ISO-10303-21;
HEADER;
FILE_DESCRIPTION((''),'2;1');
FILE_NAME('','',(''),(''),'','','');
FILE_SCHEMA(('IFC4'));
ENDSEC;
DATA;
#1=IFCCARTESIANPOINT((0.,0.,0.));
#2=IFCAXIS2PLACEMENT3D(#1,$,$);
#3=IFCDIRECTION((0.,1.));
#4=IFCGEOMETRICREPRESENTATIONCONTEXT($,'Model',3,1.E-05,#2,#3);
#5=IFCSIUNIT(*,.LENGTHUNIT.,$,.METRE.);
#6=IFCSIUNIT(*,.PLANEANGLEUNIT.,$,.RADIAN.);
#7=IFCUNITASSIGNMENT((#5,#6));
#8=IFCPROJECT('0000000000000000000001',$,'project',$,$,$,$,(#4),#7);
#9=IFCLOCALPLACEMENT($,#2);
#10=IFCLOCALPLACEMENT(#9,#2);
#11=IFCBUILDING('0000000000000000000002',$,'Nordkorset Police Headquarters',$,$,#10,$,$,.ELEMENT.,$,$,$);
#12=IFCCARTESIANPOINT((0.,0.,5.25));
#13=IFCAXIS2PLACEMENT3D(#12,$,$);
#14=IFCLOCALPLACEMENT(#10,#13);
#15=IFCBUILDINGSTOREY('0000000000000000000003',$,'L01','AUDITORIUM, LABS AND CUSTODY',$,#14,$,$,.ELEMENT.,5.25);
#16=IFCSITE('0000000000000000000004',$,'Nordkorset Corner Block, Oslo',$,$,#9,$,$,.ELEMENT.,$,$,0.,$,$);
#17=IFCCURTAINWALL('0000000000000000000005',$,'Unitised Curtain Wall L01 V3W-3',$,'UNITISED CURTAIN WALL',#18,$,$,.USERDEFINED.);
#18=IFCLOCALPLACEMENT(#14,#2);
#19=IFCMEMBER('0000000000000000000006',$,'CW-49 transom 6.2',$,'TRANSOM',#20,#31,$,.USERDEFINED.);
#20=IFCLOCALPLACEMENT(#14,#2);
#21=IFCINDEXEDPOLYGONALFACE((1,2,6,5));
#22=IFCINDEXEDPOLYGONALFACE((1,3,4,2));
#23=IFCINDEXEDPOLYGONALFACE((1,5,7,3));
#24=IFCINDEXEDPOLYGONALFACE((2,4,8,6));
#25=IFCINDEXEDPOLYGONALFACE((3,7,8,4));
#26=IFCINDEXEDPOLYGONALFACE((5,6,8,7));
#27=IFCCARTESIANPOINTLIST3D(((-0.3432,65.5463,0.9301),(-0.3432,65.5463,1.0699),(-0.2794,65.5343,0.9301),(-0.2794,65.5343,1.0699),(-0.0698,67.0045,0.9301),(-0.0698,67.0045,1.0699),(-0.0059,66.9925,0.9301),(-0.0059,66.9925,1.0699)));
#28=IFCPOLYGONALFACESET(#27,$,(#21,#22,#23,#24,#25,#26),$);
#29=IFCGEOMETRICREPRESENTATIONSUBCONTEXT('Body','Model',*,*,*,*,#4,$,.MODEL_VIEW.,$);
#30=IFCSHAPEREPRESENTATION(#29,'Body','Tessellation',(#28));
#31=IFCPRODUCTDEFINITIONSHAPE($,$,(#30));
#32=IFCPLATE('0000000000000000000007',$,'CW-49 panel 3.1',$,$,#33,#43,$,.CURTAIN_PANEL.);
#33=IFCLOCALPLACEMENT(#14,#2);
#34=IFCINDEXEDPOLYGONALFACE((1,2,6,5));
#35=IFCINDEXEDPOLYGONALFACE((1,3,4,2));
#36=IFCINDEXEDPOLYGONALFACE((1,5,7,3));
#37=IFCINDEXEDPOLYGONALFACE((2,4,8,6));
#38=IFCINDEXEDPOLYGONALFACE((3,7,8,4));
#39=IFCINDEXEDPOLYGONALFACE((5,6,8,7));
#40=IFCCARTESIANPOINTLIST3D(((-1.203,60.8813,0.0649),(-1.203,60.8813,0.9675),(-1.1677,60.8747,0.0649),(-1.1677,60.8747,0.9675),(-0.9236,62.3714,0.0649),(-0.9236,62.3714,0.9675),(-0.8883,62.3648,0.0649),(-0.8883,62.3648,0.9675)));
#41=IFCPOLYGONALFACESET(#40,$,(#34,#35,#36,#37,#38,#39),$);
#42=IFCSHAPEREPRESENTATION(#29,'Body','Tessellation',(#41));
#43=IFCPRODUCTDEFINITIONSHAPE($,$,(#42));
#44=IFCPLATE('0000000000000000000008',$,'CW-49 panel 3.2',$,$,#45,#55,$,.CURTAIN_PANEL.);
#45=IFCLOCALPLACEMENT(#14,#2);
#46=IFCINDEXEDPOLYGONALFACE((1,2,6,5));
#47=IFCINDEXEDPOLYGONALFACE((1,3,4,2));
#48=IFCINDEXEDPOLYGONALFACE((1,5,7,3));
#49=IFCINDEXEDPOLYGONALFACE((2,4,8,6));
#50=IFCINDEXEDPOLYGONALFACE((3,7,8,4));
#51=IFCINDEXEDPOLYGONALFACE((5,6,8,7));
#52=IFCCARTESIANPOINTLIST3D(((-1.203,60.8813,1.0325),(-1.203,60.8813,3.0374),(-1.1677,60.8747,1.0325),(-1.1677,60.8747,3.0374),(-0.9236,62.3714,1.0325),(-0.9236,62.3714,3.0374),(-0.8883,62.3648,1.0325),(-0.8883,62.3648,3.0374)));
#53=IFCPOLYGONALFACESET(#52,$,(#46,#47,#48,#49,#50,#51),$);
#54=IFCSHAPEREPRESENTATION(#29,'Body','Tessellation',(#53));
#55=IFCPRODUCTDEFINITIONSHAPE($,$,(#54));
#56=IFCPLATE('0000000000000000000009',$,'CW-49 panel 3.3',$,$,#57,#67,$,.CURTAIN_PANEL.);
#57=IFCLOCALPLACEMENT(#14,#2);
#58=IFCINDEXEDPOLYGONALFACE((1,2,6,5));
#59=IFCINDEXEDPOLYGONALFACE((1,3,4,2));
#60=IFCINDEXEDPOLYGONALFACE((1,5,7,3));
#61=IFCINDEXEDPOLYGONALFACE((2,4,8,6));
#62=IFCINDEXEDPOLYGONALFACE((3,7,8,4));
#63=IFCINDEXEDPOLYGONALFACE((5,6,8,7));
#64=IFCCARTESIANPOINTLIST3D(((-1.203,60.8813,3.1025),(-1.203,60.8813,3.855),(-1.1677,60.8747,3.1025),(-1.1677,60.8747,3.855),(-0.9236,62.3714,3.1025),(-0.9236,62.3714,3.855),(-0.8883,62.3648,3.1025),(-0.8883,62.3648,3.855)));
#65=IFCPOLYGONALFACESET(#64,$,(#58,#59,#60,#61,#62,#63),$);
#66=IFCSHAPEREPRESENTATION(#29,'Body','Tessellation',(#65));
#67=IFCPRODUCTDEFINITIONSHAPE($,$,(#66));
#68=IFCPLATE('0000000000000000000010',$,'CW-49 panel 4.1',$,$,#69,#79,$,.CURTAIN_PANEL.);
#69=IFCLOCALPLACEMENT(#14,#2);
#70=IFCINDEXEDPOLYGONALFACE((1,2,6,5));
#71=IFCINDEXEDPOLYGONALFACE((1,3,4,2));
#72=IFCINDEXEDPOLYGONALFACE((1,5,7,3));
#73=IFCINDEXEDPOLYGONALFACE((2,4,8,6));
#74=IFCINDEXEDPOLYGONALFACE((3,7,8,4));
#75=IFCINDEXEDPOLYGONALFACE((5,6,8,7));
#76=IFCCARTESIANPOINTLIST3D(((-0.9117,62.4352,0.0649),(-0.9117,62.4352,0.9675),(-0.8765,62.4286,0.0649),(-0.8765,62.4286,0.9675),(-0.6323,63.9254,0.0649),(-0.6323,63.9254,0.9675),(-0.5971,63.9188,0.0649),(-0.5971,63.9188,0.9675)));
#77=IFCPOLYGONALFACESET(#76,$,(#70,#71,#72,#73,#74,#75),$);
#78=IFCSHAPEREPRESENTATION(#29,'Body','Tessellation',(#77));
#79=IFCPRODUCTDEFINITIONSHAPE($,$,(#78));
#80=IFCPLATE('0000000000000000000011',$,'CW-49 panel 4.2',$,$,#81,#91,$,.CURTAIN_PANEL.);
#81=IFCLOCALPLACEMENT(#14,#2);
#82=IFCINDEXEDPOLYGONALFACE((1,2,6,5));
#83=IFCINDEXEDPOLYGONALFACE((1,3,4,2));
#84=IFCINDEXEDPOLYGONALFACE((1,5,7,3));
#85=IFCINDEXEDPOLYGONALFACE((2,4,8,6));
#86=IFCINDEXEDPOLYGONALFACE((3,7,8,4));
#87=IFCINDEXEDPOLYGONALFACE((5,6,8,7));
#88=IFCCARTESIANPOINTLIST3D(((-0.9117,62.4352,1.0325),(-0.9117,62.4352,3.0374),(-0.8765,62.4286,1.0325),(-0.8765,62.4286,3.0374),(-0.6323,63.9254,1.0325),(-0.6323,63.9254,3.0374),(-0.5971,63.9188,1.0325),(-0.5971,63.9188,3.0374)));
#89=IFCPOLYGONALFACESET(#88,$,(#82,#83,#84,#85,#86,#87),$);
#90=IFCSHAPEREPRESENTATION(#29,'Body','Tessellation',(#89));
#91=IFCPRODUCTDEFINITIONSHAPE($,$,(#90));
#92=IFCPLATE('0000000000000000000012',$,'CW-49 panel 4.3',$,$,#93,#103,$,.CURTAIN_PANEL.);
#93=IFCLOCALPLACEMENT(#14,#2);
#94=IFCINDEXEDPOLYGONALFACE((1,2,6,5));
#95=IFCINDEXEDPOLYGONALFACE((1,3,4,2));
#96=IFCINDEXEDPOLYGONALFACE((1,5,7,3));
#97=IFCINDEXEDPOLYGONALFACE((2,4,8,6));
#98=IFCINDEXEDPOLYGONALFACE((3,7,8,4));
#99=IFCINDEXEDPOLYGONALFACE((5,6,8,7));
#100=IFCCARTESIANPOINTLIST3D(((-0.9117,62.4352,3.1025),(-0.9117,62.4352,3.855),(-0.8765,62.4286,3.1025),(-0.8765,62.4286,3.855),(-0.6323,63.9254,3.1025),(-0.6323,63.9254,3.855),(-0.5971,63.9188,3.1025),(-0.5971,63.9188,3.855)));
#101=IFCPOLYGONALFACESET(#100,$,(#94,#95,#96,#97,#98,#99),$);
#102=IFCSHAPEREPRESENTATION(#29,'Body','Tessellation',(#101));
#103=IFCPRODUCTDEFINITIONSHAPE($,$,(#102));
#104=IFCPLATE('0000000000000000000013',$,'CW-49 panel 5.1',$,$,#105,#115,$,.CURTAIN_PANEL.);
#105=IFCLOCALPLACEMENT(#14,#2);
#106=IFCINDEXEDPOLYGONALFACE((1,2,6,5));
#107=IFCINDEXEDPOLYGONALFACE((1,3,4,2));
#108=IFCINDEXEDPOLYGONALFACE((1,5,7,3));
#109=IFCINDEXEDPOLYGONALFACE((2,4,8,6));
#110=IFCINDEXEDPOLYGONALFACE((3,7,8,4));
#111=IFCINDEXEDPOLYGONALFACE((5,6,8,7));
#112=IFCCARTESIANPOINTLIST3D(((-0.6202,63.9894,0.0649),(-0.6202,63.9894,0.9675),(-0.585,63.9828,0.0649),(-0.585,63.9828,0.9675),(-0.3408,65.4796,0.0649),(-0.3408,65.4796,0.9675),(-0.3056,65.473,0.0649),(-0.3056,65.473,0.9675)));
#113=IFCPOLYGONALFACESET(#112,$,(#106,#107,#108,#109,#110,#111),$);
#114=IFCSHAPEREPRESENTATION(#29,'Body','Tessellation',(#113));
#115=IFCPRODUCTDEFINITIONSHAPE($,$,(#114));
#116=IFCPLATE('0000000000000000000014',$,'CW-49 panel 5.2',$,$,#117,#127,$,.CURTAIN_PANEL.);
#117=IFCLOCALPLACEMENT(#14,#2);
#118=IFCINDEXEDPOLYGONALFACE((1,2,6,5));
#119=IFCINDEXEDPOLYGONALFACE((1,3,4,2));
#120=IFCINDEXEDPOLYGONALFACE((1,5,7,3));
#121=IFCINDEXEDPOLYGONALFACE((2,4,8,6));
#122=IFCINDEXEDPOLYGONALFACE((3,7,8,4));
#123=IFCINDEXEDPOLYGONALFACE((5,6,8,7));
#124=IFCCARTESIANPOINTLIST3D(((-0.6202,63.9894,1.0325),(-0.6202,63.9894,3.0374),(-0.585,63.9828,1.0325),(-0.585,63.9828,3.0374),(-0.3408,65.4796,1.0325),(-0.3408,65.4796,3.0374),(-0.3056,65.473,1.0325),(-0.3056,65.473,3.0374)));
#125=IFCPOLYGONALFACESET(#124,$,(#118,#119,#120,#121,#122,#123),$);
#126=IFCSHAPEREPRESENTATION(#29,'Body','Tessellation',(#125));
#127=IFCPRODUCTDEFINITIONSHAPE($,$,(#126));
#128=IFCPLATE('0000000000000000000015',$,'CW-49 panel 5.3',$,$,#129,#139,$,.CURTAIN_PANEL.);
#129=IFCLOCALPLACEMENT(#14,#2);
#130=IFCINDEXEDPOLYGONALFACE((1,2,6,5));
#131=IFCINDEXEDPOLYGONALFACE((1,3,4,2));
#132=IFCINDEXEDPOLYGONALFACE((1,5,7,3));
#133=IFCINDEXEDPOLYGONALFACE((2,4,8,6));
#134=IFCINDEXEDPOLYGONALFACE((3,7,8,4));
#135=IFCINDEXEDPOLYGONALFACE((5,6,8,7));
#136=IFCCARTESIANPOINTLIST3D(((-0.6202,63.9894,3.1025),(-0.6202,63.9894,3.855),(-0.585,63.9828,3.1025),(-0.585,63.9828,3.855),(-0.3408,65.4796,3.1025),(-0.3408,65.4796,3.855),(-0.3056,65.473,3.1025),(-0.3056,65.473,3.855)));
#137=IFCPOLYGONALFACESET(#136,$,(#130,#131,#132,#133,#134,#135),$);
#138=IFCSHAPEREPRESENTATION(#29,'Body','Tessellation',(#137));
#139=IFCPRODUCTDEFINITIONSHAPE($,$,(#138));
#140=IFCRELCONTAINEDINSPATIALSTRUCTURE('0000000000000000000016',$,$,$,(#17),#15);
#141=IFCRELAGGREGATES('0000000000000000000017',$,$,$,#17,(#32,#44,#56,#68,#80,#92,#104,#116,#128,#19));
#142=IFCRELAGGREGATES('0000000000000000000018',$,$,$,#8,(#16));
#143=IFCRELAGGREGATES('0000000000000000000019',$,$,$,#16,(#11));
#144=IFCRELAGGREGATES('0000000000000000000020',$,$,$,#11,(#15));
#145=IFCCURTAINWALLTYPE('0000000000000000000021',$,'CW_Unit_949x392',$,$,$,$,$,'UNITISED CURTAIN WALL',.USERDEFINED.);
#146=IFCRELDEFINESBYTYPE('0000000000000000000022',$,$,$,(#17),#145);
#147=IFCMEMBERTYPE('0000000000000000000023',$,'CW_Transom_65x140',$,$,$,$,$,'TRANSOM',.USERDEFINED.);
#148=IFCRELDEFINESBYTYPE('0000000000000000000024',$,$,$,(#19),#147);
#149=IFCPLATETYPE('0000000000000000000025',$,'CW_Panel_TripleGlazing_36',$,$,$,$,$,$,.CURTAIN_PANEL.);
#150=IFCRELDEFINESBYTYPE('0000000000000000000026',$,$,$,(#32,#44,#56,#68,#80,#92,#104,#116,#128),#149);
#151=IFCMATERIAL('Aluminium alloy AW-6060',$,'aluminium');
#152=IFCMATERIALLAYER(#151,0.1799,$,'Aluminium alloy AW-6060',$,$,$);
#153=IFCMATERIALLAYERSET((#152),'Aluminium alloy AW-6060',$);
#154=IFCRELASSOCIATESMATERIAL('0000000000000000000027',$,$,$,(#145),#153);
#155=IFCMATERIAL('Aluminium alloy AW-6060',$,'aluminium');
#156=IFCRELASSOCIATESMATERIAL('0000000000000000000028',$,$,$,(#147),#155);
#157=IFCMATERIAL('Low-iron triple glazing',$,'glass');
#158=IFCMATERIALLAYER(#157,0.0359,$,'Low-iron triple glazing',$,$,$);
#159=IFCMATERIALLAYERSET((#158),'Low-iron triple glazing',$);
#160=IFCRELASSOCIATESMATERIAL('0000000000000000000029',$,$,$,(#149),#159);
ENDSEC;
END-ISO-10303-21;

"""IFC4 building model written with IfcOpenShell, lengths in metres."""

from ifc_helpers import new_model, si_unit, direction, frame, origin, origin_2d, place, context, subcontext, project, spatial, rectangle, extrude, material, layer, layer_set, material_profile, profile_set, type_object, element, aggregate, save


model = new_model("IFC4")

# Units and contexts
model_context = context("Model", 3, precision=1e-05, world=origin(), true_north=direction((0.0, 1.0)))
body_context = subcontext(model_context, "Body", "Model", "MODEL_VIEW")
ifc_project = project(units=[si_unit("LENGTHUNIT", "METRE"), si_unit("PLANEANGLEUNIT", "RADIAN")], contexts=[model_context])

# Site, building, storey
site_placement = place(None, origin())
site = spatial("IfcSite", under=ifc_project, at=site_placement, Name="Nordkorset Corner Block, Oslo", CompositionType="ELEMENT", RefElevation=0.0)
building_placement = place(site_placement, origin())
building = spatial("IfcBuilding", under=site, at=building_placement, Name="Nordkorset Police Headquarters", CompositionType="ELEMENT")
storey_placement = place(building_placement, frame((0.0, 0.0, 5.25)))
storey = spatial("IfcBuildingStorey", under=building, at=storey_placement, Name="L01", Description="AUDITORIUM, LABS AND CUSTODY", CompositionType="ELEMENT", Elevation=5.25)

# Curtain wall, member, plates
ifc_material_1 = material(Name="Aluminium alloy AW-6060", Category="aluminium")
ifc_layer_1 = layer(ifc_material_1, 0.1799, Name="Aluminium alloy AW-6060")
ifc_layer_set_1 = layer_set([ifc_layer_1], Name="Aluminium alloy AW-6060")
curtain_wall_type = type_object("IfcCurtainWallType", Name="CW_Unit_949x392", ElementType="UNITISED CURTAIN WALL", PredefinedType="USERDEFINED", material=ifc_layer_set_1)
curtain_wall_placement = place(storey_placement, origin())
curtain_wall = element("IfcCurtainWall", 1, at=curtain_wall_placement, inside=storey, type_object=curtain_wall_type, Name="Unitised Curtain Wall L01 V3W-3", ObjectType="UNITISED CURTAIN WALL", PredefinedType="USERDEFINED")
ifc_material_2 = material(Name="Aluminium alloy AW-6060", Category="aluminium")
ifc_material_profile_1 = material_profile(ifc_material_2, rectangle(XDim=0.0649, YDim=0.1399, at=origin_2d()), Name="ALU TRAN 65x140")
ifc_profile_set_1 = profile_set([ifc_material_profile_1], Name="Aluminium alloy AW-6060")
member_type_1 = type_object("IfcMemberType", Name="CW_Transom_65x140", ElementType="TRANSOM", PredefinedType="USERDEFINED", material=ifc_profile_set_1)
member_1_placement = place(storey_placement, frame((-0.3113, 65.5403, 1.0), z_axis=(0.184298, 0.98287, 0.0), x_axis=(-0.98287, 0.184298, 0.0)))
member_1 = element("IfcMember", 2, at=member_1_placement, type_object=member_type_1, Name="CW-49 transom 6.2", ObjectType="TRANSOM", PredefinedType="USERDEFINED", context=body_context, shape_type="SweptSolid", body=[
    extrude(rectangle(XDim=0.0649, YDim=0.1399, at=origin_2d()), origin(), (0.0, 0.0, 1.0), 1.4836),
])
ifc_material_3 = material(Name="Low-iron triple glazing", Category="glass")
ifc_layer_2 = layer(ifc_material_3, 0.0359, Name="Low-iron triple glazing")
ifc_layer_set_2 = layer_set([ifc_layer_2], Name="Low-iron triple glazing")
plate_type = type_object("IfcPlateType", Name="CW_Panel_TripleGlazing_36", PredefinedType="CURTAIN_PANEL", material=ifc_layer_set_2)
plate_1_placement = place(storey_placement, frame((-1.0457, 61.623, 0.0649), z_axis=(0.0, 0.0, 1.0), x_axis=(0.184289, 0.982872, 0.0)))
plate_1 = element("IfcPlate", 3, at=plate_1_placement, type_object=plate_type, Name="CW-49 panel 3.1", PredefinedType="CURTAIN_PANEL", context=body_context, shape_type="SweptSolid", body=[
    extrude(rectangle(XDim=1.5161, YDim=0.0359, at=origin_2d()), origin(), (0.0, 0.0, 1.0), 0.9026),
])
plate_2_placement = place(storey_placement, frame((-1.0457, 61.623, 1.0325), z_axis=(0.0, 0.0, 1.0), x_axis=(0.184289, 0.982872, 0.0)))
plate_2 = element("IfcPlate", 4, at=plate_2_placement, type_object=plate_type, Name="CW-49 panel 3.2", PredefinedType="CURTAIN_PANEL", context=body_context, shape_type="SweptSolid", body=[
    extrude(rectangle(XDim=1.5161, YDim=0.0359, at=origin_2d()), origin(), (0.0, 0.0, 1.0), 2.0049),
])
plate_3_placement = place(storey_placement, frame((-1.0457, 61.623, 3.1025), z_axis=(0.0, 0.0, 1.0), x_axis=(0.184289, 0.982872, 0.0)))
plate_3 = element("IfcPlate", 5, at=plate_3_placement, type_object=plate_type, Name="CW-49 panel 3.3", PredefinedType="CURTAIN_PANEL", context=body_context, shape_type="SweptSolid", body=[
    extrude(rectangle(XDim=1.5161, YDim=0.0359, at=origin_2d()), origin(), (0.0, 0.0, 1.0), 0.7524),
])
plate_4_placement = place(storey_placement, frame((-0.7544, 63.177, 0.0649), z_axis=(0.0, 0.0, 1.0), x_axis=(0.184289, 0.982872, 0.0)))
plate_4 = element("IfcPlate", 6, at=plate_4_placement, type_object=plate_type, Name="CW-49 panel 4.1", PredefinedType="CURTAIN_PANEL", context=body_context, shape_type="SweptSolid", body=[
    extrude(rectangle(XDim=1.5161, YDim=0.0359, at=origin_2d()), origin(), (0.0, 0.0, 1.0), 0.9026),
])
plate_5_placement = place(storey_placement, frame((-0.7544, 63.177, 1.0325), z_axis=(0.0, 0.0, 1.0), x_axis=(0.184289, 0.982872, 0.0)))
plate_5 = element("IfcPlate", 7, at=plate_5_placement, type_object=plate_type, Name="CW-49 panel 4.2", PredefinedType="CURTAIN_PANEL", context=body_context, shape_type="SweptSolid", body=[
    extrude(rectangle(XDim=1.5161, YDim=0.0359, at=origin_2d()), origin(), (0.0, 0.0, 1.0), 2.0049),
])
plate_6_placement = place(storey_placement, frame((-0.7544, 63.177, 3.1025), z_axis=(0.0, 0.0, 1.0), x_axis=(0.184289, 0.982872, 0.0)))
plate_6 = element("IfcPlate", 8, at=plate_6_placement, type_object=plate_type, Name="CW-49 panel 4.3", PredefinedType="CURTAIN_PANEL", context=body_context, shape_type="SweptSolid", body=[
    extrude(rectangle(XDim=1.5161, YDim=0.0359, at=origin_2d()), origin(), (0.0, 0.0, 1.0), 0.7524),
])
plate_7_placement = place(storey_placement, frame((-0.4629, 64.7312, 0.0649), z_axis=(0.0, 0.0, 1.0), x_axis=(0.184289, 0.982872, 0.0)))
plate_7 = element("IfcPlate", 9, at=plate_7_placement, type_object=plate_type, Name="CW-49 panel 5.1", PredefinedType="CURTAIN_PANEL", context=body_context, shape_type="SweptSolid", body=[
    extrude(rectangle(XDim=1.5161, YDim=0.0359, at=origin_2d()), origin(), (0.0, 0.0, 1.0), 0.9026),
])
plate_8_placement = place(storey_placement, frame((-0.4629, 64.7312, 1.0325), z_axis=(0.0, 0.0, 1.0), x_axis=(0.184289, 0.982872, 0.0)))
plate_8 = element("IfcPlate", 10, at=plate_8_placement, type_object=plate_type, Name="CW-49 panel 5.2", PredefinedType="CURTAIN_PANEL", context=body_context, shape_type="SweptSolid", body=[
    extrude(rectangle(XDim=1.5161, YDim=0.0359, at=origin_2d()), origin(), (0.0, 0.0, 1.0), 2.0049),
])
plate_9_placement = place(storey_placement, frame((-0.4629, 64.7312, 3.1025), z_axis=(0.0, 0.0, 1.0), x_axis=(0.184289, 0.982872, 0.0)))
plate_9 = element("IfcPlate", 11, at=plate_9_placement, type_object=plate_type, Name="CW-49 panel 5.3", PredefinedType="CURTAIN_PANEL", context=body_context, shape_type="SweptSolid", body=[
    extrude(rectangle(XDim=1.5161, YDim=0.0359, at=origin_2d()), origin(), (0.0, 0.0, 1.0), 0.7524),
])
aggregate(curtain_wall, [plate_1, plate_2, plate_3, plate_4, plate_5, plate_6, plate_7, plate_8, plate_9, member_1])

save(model, "model.ifc")
